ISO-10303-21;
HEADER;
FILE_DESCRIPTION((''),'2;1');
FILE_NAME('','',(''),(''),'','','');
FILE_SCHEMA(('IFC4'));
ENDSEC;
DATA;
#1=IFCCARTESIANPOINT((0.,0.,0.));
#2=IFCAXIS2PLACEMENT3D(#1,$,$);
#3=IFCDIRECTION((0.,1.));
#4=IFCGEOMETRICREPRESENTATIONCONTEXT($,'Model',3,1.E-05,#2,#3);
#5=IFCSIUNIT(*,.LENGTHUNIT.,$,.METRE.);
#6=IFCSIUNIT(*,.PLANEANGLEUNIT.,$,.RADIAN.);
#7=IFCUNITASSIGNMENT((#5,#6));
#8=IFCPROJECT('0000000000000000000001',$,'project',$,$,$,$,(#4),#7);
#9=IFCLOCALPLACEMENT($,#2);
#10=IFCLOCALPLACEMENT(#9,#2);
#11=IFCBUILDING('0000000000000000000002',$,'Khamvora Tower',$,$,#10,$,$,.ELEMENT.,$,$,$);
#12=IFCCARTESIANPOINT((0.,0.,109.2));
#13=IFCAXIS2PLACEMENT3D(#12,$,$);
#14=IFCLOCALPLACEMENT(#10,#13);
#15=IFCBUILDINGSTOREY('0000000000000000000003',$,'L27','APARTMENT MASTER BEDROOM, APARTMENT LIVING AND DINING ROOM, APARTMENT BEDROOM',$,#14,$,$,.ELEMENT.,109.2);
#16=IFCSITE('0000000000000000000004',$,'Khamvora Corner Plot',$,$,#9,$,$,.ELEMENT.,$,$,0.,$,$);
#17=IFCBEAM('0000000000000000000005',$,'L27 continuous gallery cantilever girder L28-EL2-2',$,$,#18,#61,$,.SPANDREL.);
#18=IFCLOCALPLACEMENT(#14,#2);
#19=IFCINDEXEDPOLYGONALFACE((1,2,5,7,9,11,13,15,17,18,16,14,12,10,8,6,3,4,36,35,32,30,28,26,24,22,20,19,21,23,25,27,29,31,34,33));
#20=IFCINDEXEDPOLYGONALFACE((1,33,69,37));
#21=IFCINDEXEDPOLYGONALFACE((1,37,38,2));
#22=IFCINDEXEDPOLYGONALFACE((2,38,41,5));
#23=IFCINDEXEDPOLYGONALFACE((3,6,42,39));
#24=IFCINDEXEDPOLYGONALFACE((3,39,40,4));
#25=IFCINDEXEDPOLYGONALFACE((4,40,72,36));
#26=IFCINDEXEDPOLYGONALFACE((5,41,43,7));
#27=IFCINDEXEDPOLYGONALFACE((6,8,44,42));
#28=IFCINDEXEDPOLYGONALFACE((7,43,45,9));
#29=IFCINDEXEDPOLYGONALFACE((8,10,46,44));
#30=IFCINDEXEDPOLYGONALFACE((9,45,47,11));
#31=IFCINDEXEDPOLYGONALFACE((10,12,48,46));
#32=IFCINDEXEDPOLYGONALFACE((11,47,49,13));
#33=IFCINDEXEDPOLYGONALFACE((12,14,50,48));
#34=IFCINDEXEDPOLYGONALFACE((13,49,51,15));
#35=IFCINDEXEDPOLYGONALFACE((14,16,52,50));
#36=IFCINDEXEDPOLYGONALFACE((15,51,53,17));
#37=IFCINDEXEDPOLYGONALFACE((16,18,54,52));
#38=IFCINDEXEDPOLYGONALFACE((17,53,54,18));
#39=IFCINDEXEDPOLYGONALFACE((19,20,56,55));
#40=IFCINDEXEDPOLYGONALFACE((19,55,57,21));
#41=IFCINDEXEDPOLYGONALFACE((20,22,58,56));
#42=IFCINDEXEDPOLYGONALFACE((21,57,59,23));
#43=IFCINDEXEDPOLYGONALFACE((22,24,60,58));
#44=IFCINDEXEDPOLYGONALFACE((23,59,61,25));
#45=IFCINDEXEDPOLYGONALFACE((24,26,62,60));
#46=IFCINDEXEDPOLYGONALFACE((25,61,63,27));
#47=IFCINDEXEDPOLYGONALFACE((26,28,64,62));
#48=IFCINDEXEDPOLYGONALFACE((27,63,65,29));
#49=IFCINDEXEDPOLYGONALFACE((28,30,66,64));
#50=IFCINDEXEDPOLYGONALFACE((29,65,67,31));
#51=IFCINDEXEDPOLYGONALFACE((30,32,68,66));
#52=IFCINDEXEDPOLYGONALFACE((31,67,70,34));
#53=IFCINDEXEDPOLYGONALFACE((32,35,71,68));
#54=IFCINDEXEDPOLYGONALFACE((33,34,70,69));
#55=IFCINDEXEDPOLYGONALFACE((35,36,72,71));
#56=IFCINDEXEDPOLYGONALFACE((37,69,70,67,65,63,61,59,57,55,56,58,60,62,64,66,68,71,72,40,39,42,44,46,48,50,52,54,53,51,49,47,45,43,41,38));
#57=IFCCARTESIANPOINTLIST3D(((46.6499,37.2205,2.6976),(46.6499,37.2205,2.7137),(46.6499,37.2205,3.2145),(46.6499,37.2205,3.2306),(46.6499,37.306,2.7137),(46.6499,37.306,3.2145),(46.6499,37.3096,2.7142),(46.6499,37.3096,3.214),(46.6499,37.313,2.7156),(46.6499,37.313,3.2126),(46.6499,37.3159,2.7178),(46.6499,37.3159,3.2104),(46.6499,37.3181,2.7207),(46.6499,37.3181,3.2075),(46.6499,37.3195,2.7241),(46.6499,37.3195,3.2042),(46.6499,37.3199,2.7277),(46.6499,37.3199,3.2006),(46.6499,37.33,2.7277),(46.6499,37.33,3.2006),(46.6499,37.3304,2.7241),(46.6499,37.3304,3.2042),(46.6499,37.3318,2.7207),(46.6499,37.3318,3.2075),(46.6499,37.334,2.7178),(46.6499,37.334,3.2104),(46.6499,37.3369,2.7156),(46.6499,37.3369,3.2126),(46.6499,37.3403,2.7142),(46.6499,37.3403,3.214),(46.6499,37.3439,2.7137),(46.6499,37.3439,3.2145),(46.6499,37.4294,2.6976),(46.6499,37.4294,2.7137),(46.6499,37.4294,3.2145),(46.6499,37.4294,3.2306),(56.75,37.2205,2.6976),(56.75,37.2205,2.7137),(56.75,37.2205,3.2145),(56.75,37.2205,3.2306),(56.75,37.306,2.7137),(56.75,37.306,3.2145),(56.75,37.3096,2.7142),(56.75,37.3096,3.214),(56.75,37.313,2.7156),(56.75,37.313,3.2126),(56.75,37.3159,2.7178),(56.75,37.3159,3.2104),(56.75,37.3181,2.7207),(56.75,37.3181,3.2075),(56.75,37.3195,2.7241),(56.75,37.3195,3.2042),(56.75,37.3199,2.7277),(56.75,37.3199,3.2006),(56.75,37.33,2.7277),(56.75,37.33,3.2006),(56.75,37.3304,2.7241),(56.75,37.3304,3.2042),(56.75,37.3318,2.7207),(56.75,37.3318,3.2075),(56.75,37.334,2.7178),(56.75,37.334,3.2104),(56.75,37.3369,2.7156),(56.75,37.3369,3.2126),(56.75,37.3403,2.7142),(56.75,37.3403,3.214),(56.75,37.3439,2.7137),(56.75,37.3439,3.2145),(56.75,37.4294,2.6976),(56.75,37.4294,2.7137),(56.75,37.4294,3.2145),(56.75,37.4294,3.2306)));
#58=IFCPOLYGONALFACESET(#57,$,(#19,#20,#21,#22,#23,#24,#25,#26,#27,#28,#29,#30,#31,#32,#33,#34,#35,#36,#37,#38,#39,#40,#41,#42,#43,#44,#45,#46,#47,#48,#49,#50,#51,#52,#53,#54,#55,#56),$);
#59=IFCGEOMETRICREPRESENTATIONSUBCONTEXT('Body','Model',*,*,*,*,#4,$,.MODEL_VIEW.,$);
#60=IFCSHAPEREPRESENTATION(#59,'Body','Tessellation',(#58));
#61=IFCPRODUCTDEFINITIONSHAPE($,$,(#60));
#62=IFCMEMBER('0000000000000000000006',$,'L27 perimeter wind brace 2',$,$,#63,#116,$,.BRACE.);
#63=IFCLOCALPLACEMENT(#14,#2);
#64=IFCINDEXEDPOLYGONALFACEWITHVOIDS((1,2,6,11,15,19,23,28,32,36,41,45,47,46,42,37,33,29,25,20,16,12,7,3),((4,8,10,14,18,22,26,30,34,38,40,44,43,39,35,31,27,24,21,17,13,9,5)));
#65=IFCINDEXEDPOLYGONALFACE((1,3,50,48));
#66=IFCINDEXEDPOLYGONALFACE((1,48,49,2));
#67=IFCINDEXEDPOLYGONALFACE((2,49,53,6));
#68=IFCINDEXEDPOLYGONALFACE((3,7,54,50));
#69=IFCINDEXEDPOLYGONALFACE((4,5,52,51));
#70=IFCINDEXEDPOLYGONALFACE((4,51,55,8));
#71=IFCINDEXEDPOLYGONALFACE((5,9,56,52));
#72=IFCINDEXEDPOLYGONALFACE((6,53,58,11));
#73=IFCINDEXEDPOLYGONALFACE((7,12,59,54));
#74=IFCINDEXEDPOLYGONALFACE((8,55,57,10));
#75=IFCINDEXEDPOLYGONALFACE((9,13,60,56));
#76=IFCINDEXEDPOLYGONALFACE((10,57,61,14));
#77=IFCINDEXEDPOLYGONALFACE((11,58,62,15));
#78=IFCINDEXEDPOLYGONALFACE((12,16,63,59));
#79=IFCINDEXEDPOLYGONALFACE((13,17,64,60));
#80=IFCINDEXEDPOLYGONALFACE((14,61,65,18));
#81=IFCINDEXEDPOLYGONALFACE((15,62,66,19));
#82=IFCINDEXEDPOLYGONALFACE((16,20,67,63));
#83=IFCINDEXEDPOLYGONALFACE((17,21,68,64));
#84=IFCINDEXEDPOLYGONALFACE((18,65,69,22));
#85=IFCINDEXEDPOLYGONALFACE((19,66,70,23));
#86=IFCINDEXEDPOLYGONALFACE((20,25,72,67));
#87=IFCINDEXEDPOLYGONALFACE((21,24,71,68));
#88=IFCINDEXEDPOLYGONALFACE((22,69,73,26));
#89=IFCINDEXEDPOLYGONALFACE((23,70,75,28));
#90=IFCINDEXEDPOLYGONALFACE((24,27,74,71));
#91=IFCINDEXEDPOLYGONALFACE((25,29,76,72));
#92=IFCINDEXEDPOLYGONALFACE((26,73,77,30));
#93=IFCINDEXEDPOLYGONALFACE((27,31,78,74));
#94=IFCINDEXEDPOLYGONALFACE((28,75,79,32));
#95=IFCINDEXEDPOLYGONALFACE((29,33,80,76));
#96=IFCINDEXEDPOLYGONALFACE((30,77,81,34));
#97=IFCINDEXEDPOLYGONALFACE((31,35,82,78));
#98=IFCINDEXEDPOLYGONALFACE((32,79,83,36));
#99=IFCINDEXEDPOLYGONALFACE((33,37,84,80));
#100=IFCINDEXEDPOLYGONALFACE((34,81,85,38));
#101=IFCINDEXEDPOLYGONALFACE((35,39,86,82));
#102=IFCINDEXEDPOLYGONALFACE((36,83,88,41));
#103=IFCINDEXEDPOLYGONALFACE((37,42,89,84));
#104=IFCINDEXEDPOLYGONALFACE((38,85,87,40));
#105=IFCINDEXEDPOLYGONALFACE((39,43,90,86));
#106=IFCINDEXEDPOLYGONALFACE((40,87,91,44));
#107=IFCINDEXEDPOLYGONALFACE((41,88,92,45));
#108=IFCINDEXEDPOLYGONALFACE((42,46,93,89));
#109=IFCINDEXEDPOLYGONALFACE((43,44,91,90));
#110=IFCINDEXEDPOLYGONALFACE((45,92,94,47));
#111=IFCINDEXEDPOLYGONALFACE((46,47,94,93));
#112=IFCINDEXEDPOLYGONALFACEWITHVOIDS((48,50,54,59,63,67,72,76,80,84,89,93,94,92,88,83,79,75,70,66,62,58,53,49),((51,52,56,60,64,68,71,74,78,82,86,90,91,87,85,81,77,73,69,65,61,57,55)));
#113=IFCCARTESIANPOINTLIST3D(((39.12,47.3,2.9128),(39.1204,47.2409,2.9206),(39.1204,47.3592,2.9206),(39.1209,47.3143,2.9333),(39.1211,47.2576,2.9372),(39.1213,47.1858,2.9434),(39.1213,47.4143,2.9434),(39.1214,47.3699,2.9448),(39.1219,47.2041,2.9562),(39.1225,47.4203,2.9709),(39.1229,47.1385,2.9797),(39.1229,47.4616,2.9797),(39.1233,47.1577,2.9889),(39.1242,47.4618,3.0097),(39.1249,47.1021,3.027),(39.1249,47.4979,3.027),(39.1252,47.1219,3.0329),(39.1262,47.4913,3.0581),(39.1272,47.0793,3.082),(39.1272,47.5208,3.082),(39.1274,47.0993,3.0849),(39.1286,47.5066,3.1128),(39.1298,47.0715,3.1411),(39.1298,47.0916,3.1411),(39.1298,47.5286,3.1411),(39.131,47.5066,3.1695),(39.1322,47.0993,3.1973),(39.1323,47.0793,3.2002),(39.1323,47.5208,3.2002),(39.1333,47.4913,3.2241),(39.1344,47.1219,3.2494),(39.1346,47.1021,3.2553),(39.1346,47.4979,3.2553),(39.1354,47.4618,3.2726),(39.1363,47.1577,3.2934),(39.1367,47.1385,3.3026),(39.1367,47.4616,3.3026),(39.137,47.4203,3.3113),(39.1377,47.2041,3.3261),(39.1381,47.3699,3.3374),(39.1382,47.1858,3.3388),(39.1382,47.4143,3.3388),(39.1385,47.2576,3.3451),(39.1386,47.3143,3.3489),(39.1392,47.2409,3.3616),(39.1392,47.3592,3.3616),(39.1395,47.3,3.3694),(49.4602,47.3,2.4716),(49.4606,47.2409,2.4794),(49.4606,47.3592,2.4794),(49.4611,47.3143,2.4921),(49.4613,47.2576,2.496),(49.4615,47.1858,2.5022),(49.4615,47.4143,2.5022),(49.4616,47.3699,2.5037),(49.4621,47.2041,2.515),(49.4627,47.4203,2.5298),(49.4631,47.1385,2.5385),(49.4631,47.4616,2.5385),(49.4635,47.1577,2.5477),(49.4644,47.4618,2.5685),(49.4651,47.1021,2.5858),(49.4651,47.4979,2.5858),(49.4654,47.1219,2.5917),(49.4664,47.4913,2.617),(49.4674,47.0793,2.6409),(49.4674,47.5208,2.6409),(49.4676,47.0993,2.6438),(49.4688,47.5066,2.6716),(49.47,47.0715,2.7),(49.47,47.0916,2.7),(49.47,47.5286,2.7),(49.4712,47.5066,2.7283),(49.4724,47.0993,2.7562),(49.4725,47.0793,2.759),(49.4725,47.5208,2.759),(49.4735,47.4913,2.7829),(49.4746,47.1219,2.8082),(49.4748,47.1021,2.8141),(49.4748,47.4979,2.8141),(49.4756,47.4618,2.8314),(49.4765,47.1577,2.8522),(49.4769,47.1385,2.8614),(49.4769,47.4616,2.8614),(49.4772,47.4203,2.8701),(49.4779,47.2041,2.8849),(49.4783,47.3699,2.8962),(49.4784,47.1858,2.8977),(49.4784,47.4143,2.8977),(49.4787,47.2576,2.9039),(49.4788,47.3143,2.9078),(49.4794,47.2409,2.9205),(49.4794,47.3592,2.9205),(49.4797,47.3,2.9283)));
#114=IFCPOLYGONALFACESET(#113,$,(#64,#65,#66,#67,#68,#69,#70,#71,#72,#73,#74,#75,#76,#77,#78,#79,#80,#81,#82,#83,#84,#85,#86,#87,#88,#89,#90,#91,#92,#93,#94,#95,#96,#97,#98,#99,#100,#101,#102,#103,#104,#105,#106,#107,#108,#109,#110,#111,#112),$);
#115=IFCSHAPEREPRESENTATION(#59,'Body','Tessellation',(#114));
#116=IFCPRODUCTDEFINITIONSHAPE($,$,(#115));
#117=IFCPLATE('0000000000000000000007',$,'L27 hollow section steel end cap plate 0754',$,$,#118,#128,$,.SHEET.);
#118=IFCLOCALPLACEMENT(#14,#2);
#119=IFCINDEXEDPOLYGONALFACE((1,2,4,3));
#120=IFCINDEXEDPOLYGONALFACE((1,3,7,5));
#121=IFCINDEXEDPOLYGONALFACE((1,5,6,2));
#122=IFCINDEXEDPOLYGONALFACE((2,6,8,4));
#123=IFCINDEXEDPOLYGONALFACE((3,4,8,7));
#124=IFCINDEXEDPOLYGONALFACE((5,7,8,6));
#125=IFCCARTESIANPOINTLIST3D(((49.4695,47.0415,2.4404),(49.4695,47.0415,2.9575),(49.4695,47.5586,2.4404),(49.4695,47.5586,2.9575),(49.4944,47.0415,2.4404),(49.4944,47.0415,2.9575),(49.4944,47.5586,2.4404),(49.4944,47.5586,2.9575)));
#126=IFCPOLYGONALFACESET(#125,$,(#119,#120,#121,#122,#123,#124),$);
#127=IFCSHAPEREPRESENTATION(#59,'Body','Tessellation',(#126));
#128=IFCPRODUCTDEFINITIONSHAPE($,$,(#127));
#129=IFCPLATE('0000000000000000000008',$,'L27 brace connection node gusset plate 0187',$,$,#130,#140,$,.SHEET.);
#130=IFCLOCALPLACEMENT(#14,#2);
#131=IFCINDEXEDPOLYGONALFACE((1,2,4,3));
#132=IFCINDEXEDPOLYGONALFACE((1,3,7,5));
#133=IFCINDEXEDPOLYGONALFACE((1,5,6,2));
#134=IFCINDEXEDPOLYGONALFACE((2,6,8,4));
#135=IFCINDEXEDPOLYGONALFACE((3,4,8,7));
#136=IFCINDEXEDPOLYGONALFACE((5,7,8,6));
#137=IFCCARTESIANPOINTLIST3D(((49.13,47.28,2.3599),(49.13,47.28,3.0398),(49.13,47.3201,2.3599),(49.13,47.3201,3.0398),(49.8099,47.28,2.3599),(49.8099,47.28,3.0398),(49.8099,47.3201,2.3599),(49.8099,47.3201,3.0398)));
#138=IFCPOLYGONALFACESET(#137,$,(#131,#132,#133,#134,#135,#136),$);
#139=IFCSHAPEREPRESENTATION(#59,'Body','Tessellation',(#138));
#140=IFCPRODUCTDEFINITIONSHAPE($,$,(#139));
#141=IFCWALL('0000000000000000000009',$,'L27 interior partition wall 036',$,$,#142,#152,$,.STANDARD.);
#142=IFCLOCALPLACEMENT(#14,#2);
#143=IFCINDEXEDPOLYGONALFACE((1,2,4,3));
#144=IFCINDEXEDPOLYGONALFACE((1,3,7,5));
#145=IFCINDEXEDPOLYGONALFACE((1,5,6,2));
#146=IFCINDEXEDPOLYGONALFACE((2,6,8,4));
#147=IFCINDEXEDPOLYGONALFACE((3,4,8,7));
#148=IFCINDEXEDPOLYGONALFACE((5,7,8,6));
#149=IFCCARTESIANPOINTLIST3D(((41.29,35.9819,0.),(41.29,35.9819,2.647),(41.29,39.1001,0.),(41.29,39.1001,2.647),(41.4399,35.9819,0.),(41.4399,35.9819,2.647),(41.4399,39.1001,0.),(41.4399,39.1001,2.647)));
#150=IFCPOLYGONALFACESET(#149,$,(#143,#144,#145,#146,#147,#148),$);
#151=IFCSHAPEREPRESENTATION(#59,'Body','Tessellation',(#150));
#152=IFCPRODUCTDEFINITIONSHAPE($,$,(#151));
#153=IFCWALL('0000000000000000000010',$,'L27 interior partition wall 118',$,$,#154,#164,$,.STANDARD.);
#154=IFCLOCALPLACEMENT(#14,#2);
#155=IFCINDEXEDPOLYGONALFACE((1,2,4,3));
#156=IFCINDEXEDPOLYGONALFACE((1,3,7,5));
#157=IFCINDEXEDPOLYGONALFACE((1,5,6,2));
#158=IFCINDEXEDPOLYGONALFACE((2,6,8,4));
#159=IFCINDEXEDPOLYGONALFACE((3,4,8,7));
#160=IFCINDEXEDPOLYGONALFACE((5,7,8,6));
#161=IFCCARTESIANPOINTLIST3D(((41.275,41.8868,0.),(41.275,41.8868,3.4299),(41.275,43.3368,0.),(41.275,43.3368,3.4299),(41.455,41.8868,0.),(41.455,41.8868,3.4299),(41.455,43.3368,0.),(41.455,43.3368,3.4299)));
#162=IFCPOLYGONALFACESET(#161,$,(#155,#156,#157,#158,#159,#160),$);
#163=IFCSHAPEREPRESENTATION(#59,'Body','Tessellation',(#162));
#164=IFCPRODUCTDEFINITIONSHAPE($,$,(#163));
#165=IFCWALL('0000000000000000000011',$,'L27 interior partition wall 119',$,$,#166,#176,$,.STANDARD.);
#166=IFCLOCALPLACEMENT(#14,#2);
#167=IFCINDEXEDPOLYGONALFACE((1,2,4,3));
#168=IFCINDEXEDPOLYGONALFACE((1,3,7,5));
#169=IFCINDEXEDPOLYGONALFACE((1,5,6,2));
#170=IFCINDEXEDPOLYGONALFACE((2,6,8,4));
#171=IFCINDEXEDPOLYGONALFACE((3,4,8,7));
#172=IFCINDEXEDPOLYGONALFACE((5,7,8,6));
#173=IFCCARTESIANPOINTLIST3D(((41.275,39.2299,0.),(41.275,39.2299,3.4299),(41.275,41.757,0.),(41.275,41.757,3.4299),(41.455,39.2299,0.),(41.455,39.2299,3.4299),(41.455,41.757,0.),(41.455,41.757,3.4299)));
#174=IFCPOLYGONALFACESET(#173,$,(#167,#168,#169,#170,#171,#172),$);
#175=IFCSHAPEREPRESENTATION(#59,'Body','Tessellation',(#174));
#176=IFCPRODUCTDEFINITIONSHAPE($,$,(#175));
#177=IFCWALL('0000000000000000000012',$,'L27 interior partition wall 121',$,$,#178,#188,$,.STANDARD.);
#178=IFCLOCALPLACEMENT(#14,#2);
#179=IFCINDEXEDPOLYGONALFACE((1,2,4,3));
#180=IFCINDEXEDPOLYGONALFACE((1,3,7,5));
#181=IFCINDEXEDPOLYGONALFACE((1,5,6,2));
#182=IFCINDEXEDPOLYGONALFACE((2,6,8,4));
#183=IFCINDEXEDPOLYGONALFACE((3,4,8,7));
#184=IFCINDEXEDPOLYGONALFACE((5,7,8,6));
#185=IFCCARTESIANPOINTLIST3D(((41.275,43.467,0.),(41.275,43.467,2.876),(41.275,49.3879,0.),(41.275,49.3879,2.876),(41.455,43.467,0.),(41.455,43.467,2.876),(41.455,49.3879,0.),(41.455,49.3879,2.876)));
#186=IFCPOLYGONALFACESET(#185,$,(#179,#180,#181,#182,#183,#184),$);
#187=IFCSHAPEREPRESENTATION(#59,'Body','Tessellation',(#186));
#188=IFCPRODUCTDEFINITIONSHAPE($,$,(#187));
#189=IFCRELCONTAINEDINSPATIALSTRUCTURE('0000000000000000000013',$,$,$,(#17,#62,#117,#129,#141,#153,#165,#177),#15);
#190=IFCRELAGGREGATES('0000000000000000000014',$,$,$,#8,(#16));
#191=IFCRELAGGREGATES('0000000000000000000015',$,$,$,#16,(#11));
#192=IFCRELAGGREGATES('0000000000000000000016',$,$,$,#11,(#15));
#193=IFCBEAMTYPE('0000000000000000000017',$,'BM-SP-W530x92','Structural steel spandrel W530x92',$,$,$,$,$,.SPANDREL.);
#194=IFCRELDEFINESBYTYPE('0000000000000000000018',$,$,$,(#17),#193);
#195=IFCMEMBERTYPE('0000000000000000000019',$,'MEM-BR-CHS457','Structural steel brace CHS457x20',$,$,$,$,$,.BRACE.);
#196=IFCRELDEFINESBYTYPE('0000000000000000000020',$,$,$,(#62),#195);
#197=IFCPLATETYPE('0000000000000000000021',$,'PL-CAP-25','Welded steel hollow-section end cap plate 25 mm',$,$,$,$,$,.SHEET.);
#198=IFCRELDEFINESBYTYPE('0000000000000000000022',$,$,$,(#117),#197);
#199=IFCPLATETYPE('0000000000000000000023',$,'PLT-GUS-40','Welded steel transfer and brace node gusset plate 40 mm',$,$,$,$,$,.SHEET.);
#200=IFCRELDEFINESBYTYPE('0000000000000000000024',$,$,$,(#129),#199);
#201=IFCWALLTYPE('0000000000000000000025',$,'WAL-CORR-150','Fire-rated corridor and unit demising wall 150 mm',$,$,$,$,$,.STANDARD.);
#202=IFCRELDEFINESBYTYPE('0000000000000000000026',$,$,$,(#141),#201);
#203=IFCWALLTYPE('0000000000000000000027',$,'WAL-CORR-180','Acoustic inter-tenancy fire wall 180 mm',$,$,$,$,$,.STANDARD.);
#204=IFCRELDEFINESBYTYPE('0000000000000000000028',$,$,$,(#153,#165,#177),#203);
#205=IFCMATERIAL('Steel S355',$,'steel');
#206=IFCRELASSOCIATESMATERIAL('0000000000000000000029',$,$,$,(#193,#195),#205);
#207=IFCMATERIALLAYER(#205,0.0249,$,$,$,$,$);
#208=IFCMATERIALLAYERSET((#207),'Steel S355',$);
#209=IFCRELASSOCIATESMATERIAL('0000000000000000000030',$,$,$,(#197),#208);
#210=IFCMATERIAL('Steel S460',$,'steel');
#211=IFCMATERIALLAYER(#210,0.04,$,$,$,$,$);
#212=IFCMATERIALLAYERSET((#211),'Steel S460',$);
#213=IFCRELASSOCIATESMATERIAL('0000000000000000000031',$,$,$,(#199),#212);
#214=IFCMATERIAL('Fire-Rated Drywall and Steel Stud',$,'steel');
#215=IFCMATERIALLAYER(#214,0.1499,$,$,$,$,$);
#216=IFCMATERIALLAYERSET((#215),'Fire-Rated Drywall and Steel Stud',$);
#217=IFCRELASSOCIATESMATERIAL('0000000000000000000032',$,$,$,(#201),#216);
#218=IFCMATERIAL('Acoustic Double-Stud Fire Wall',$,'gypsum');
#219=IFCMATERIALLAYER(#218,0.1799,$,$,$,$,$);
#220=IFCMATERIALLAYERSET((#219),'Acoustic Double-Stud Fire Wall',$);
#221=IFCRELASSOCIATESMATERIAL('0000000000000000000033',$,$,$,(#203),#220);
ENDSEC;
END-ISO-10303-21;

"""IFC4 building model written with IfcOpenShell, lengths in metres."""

from ifc_helpers import new_model, si_unit, direction, frame, frame_2d, origin, origin_2d, place, context, subcontext, project, spatial, rectangle, hollow_circle, i_section, extrude, material, layer, layer_set, material_profile, profile_set, type_object, element, save


model = new_model("IFC4")

# Units and contexts
model_context = context("Model", 3, precision=1e-05, world=origin(), true_north=direction((0.0, 1.0)))
body_context = subcontext(model_context, "Body", "Model", "MODEL_VIEW")
ifc_project = project(units=[si_unit("LENGTHUNIT", "METRE"), si_unit("PLANEANGLEUNIT", "RADIAN")], contexts=[model_context])

# Site, building, storey
site_placement = place(None, origin())
site = spatial("IfcSite", under=ifc_project, at=site_placement, Name="Khamvora Corner Plot", CompositionType="ELEMENT", RefElevation=0.0)
building_placement = place(site_placement, origin())
building = spatial("IfcBuilding", under=site, at=building_placement, Name="Khamvora Tower", CompositionType="ELEMENT")
storey_placement = place(building_placement, frame((0.0, 0.0, 109.2)))
storey = spatial("IfcBuildingStorey", under=building, at=storey_placement, Name="L27", Description="APARTMENT MASTER BEDROOM, APARTMENT LIVING AND DINING ROOM, APARTMENT BEDROOM", CompositionType="ELEMENT", Elevation=109.2)

# Shared definitions
ifc_material_1 = material(Name="Steel S355", Category="steel")

# Beam
ifc_material_profile_1 = material_profile(ifc_material_1, i_section(OverallWidth=0.209, OverallDepth=0.533, WebThickness=0.01, FlangeThickness=0.0161, FilletRadius=0.0139, at=origin_2d()), Name="W530x92")
ifc_profile_set_1 = profile_set([ifc_material_profile_1], Name="Steel S355")
beam_type_1 = type_object("IfcBeamType", Name="BM-SP-W530x92", Description="Structural steel spandrel W530x92", PredefinedType="SPANDREL", material=ifc_profile_set_1)
beam_1_placement = place(storey_placement, frame((46.6499, 37.325, 2.9641), z_axis=(1.0, 0.0, 0.0), x_axis=(0.0, 1.0, 0.0)))
element("IfcBeam", 1, at=beam_1_placement, inside=storey, type_object=beam_type_1, Name="L27 continuous gallery cantilever girder L28-EL2-2", PredefinedType="SPANDREL", context=body_context, shape_type="SweptSolid", body=[
    extrude(i_section(OverallWidth=0.209, OverallDepth=0.533, WebThickness=0.01, FlangeThickness=0.0161, FilletRadius=0.0139, at=origin_2d()), origin(), (0.0, 0.0, 1.0), 10.1001),
])

# Member
ifc_material_profile_2 = material_profile(ifc_material_1, hollow_circle(Radius=0.2285, WallThickness=0.02, at=origin_2d()), Name="CHS457x20")
ifc_profile_set_2 = profile_set([ifc_material_profile_2], Name="Steel S355")
member_type = type_object("IfcMemberType", Name="MEM-BR-CHS457", Description="Structural steel brace CHS457x20", PredefinedType="BRACE", material=ifc_profile_set_2)
member_placement = place(storey_placement, frame((49.47, 47.3, 2.7), z_axis=(-0.999091, 0.0, 0.042626), x_axis=(0.0, -1.0, 0.0)))
element("IfcMember", 2, at=member_placement, inside=storey, type_object=member_type, Name="L27 perimeter wind brace 2", PredefinedType="BRACE", context=body_context, shape_type="SweptSolid", body=[
    extrude(hollow_circle(Radius=0.2285, WallThickness=0.02, at=origin_2d()), origin(), (0.0, 0.0, 1.0), 10.3496),
])

# Plates
ifc_layer_1 = layer(ifc_material_1, 0.0249)
ifc_layer_set_1 = layer_set([ifc_layer_1], Name="Steel S355")
plate_type_1 = type_object("IfcPlateType", Name="PL-CAP-25", Description="Welded steel hollow-section end cap plate 25 mm", PredefinedType="SHEET", material=ifc_layer_set_1)
plate_1_placement = place(storey_placement, frame((49.4819, 47.3, 2.4404), z_axis=(0.0, 0.0, 1.0), x_axis=(-1.0, 0.0, 0.0)))
element("IfcPlate", 3, at=plate_1_placement, inside=storey, type_object=plate_type_1, Name="L27 hollow section steel end cap plate 0754", PredefinedType="SHEET", context=body_context, shape_type="SweptSolid", body=[
    extrude(rectangle(XDim=0.0249, YDim=0.5171, at=origin_2d()), origin(), (0.0, 0.0, 1.0), 0.5171),
])
ifc_material_2 = material(Name="Steel S460", Category="steel")
ifc_layer_2 = layer(ifc_material_2, 0.04)
ifc_layer_set_2 = layer_set([ifc_layer_2], Name="Steel S460")
plate_type_2 = type_object("IfcPlateType", Name="PLT-GUS-40", Description="Welded steel transfer and brace node gusset plate 40 mm", PredefinedType="SHEET", material=ifc_layer_set_2)
plate_2_placement = place(storey_placement, frame((49.47, 47.3, 2.3599), z_axis=(0.0, 0.0, 1.0), x_axis=(1.0, 0.0, 0.0)))
element("IfcPlate", 4, at=plate_2_placement, inside=storey, type_object=plate_type_2, Name="L27 brace connection node gusset plate 0187", PredefinedType="SHEET", context=body_context, shape_type="SweptSolid", body=[
    extrude(rectangle(XDim=0.6799, YDim=0.04, at=origin_2d()), origin(), (0.0, 0.0, 1.0), 0.6799),
])

# Walls
ifc_material_3 = material(Name="Fire-Rated Drywall and Steel Stud", Category="steel")
ifc_layer_3 = layer(ifc_material_3, 0.1499)
ifc_layer_set_3 = layer_set([ifc_layer_3], Name="Fire-Rated Drywall and Steel Stud")
wall_type_1 = type_object("IfcWallType", Name="WAL-CORR-150", Description="Fire-rated corridor and unit demising wall 150 mm", PredefinedType="STANDARD", material=ifc_layer_set_3)
wall_1_placement = place(storey_placement, frame((41.365, 39.1001, 0.0), z_axis=(0.0, 0.0, 1.0), x_axis=(0.0, -1.0, 0.0)))
element("IfcWall", 5, at=wall_1_placement, inside=storey, type_object=wall_type_1, Name="L27 interior partition wall 036", PredefinedType="STANDARD", context=body_context, shape_type="SweptSolid", body=[
    extrude(rectangle(XDim=3.1182, YDim=0.1499, at=frame_2d((1.5591, 0.0))), origin(), (0.0, 0.0, 1.0), 2.647),
])
ifc_material_4 = material(Name="Acoustic Double-Stud Fire Wall", Category="gypsum")
ifc_layer_4 = layer(ifc_material_4, 0.1799)
ifc_layer_set_4 = layer_set([ifc_layer_4], Name="Acoustic Double-Stud Fire Wall")
wall_type_2 = type_object("IfcWallType", Name="WAL-CORR-180", Description="Acoustic inter-tenancy fire wall 180 mm", PredefinedType="STANDARD", material=ifc_layer_set_4)
wall_2_placement = place(storey_placement, frame((41.365, 43.3369, 0.0), z_axis=(0.0, 0.0, 1.0), x_axis=(0.0, -1.0, 0.0)))
element("IfcWall", 6, at=wall_2_placement, inside=storey, type_object=wall_type_2, Name="L27 interior partition wall 118", PredefinedType="STANDARD", context=body_context, shape_type="SweptSolid", body=[
    extrude(rectangle(XDim=1.45, YDim=0.1799, at=frame_2d((0.7251, 0.0))), origin(), (0.0, 0.0, 1.0), 3.4299),
])
wall_3_placement = place(storey_placement, frame((41.365, 41.7571, 0.0), z_axis=(0.0, 0.0, 1.0), x_axis=(0.0, -1.0, 0.0)))
element("IfcWall", 7, at=wall_3_placement, inside=storey, type_object=wall_type_2, Name="L27 interior partition wall 119", PredefinedType="STANDARD", context=body_context, shape_type="SweptSolid", body=[
    extrude(rectangle(XDim=2.5271, YDim=0.1799, at=frame_2d((1.2637, 0.0))), origin(), (0.0, 0.0, 1.0), 3.4299),
])
wall_4_placement = place(storey_placement, frame((41.365, 49.3879, 0.0), z_axis=(0.0, 0.0, 1.0), x_axis=(0.0, -1.0, 0.0)))
element("IfcWall", 8, at=wall_4_placement, inside=storey, type_object=wall_type_2, Name="L27 interior partition wall 121", PredefinedType="STANDARD", context=body_context, shape_type="SweptSolid", body=[
    extrude(rectangle(XDim=5.9209, YDim=0.1799, at=frame_2d((2.9604, 0.0))), origin(), (0.0, 0.0, 1.0), 2.876),
])

save(model, "model.ifc")
